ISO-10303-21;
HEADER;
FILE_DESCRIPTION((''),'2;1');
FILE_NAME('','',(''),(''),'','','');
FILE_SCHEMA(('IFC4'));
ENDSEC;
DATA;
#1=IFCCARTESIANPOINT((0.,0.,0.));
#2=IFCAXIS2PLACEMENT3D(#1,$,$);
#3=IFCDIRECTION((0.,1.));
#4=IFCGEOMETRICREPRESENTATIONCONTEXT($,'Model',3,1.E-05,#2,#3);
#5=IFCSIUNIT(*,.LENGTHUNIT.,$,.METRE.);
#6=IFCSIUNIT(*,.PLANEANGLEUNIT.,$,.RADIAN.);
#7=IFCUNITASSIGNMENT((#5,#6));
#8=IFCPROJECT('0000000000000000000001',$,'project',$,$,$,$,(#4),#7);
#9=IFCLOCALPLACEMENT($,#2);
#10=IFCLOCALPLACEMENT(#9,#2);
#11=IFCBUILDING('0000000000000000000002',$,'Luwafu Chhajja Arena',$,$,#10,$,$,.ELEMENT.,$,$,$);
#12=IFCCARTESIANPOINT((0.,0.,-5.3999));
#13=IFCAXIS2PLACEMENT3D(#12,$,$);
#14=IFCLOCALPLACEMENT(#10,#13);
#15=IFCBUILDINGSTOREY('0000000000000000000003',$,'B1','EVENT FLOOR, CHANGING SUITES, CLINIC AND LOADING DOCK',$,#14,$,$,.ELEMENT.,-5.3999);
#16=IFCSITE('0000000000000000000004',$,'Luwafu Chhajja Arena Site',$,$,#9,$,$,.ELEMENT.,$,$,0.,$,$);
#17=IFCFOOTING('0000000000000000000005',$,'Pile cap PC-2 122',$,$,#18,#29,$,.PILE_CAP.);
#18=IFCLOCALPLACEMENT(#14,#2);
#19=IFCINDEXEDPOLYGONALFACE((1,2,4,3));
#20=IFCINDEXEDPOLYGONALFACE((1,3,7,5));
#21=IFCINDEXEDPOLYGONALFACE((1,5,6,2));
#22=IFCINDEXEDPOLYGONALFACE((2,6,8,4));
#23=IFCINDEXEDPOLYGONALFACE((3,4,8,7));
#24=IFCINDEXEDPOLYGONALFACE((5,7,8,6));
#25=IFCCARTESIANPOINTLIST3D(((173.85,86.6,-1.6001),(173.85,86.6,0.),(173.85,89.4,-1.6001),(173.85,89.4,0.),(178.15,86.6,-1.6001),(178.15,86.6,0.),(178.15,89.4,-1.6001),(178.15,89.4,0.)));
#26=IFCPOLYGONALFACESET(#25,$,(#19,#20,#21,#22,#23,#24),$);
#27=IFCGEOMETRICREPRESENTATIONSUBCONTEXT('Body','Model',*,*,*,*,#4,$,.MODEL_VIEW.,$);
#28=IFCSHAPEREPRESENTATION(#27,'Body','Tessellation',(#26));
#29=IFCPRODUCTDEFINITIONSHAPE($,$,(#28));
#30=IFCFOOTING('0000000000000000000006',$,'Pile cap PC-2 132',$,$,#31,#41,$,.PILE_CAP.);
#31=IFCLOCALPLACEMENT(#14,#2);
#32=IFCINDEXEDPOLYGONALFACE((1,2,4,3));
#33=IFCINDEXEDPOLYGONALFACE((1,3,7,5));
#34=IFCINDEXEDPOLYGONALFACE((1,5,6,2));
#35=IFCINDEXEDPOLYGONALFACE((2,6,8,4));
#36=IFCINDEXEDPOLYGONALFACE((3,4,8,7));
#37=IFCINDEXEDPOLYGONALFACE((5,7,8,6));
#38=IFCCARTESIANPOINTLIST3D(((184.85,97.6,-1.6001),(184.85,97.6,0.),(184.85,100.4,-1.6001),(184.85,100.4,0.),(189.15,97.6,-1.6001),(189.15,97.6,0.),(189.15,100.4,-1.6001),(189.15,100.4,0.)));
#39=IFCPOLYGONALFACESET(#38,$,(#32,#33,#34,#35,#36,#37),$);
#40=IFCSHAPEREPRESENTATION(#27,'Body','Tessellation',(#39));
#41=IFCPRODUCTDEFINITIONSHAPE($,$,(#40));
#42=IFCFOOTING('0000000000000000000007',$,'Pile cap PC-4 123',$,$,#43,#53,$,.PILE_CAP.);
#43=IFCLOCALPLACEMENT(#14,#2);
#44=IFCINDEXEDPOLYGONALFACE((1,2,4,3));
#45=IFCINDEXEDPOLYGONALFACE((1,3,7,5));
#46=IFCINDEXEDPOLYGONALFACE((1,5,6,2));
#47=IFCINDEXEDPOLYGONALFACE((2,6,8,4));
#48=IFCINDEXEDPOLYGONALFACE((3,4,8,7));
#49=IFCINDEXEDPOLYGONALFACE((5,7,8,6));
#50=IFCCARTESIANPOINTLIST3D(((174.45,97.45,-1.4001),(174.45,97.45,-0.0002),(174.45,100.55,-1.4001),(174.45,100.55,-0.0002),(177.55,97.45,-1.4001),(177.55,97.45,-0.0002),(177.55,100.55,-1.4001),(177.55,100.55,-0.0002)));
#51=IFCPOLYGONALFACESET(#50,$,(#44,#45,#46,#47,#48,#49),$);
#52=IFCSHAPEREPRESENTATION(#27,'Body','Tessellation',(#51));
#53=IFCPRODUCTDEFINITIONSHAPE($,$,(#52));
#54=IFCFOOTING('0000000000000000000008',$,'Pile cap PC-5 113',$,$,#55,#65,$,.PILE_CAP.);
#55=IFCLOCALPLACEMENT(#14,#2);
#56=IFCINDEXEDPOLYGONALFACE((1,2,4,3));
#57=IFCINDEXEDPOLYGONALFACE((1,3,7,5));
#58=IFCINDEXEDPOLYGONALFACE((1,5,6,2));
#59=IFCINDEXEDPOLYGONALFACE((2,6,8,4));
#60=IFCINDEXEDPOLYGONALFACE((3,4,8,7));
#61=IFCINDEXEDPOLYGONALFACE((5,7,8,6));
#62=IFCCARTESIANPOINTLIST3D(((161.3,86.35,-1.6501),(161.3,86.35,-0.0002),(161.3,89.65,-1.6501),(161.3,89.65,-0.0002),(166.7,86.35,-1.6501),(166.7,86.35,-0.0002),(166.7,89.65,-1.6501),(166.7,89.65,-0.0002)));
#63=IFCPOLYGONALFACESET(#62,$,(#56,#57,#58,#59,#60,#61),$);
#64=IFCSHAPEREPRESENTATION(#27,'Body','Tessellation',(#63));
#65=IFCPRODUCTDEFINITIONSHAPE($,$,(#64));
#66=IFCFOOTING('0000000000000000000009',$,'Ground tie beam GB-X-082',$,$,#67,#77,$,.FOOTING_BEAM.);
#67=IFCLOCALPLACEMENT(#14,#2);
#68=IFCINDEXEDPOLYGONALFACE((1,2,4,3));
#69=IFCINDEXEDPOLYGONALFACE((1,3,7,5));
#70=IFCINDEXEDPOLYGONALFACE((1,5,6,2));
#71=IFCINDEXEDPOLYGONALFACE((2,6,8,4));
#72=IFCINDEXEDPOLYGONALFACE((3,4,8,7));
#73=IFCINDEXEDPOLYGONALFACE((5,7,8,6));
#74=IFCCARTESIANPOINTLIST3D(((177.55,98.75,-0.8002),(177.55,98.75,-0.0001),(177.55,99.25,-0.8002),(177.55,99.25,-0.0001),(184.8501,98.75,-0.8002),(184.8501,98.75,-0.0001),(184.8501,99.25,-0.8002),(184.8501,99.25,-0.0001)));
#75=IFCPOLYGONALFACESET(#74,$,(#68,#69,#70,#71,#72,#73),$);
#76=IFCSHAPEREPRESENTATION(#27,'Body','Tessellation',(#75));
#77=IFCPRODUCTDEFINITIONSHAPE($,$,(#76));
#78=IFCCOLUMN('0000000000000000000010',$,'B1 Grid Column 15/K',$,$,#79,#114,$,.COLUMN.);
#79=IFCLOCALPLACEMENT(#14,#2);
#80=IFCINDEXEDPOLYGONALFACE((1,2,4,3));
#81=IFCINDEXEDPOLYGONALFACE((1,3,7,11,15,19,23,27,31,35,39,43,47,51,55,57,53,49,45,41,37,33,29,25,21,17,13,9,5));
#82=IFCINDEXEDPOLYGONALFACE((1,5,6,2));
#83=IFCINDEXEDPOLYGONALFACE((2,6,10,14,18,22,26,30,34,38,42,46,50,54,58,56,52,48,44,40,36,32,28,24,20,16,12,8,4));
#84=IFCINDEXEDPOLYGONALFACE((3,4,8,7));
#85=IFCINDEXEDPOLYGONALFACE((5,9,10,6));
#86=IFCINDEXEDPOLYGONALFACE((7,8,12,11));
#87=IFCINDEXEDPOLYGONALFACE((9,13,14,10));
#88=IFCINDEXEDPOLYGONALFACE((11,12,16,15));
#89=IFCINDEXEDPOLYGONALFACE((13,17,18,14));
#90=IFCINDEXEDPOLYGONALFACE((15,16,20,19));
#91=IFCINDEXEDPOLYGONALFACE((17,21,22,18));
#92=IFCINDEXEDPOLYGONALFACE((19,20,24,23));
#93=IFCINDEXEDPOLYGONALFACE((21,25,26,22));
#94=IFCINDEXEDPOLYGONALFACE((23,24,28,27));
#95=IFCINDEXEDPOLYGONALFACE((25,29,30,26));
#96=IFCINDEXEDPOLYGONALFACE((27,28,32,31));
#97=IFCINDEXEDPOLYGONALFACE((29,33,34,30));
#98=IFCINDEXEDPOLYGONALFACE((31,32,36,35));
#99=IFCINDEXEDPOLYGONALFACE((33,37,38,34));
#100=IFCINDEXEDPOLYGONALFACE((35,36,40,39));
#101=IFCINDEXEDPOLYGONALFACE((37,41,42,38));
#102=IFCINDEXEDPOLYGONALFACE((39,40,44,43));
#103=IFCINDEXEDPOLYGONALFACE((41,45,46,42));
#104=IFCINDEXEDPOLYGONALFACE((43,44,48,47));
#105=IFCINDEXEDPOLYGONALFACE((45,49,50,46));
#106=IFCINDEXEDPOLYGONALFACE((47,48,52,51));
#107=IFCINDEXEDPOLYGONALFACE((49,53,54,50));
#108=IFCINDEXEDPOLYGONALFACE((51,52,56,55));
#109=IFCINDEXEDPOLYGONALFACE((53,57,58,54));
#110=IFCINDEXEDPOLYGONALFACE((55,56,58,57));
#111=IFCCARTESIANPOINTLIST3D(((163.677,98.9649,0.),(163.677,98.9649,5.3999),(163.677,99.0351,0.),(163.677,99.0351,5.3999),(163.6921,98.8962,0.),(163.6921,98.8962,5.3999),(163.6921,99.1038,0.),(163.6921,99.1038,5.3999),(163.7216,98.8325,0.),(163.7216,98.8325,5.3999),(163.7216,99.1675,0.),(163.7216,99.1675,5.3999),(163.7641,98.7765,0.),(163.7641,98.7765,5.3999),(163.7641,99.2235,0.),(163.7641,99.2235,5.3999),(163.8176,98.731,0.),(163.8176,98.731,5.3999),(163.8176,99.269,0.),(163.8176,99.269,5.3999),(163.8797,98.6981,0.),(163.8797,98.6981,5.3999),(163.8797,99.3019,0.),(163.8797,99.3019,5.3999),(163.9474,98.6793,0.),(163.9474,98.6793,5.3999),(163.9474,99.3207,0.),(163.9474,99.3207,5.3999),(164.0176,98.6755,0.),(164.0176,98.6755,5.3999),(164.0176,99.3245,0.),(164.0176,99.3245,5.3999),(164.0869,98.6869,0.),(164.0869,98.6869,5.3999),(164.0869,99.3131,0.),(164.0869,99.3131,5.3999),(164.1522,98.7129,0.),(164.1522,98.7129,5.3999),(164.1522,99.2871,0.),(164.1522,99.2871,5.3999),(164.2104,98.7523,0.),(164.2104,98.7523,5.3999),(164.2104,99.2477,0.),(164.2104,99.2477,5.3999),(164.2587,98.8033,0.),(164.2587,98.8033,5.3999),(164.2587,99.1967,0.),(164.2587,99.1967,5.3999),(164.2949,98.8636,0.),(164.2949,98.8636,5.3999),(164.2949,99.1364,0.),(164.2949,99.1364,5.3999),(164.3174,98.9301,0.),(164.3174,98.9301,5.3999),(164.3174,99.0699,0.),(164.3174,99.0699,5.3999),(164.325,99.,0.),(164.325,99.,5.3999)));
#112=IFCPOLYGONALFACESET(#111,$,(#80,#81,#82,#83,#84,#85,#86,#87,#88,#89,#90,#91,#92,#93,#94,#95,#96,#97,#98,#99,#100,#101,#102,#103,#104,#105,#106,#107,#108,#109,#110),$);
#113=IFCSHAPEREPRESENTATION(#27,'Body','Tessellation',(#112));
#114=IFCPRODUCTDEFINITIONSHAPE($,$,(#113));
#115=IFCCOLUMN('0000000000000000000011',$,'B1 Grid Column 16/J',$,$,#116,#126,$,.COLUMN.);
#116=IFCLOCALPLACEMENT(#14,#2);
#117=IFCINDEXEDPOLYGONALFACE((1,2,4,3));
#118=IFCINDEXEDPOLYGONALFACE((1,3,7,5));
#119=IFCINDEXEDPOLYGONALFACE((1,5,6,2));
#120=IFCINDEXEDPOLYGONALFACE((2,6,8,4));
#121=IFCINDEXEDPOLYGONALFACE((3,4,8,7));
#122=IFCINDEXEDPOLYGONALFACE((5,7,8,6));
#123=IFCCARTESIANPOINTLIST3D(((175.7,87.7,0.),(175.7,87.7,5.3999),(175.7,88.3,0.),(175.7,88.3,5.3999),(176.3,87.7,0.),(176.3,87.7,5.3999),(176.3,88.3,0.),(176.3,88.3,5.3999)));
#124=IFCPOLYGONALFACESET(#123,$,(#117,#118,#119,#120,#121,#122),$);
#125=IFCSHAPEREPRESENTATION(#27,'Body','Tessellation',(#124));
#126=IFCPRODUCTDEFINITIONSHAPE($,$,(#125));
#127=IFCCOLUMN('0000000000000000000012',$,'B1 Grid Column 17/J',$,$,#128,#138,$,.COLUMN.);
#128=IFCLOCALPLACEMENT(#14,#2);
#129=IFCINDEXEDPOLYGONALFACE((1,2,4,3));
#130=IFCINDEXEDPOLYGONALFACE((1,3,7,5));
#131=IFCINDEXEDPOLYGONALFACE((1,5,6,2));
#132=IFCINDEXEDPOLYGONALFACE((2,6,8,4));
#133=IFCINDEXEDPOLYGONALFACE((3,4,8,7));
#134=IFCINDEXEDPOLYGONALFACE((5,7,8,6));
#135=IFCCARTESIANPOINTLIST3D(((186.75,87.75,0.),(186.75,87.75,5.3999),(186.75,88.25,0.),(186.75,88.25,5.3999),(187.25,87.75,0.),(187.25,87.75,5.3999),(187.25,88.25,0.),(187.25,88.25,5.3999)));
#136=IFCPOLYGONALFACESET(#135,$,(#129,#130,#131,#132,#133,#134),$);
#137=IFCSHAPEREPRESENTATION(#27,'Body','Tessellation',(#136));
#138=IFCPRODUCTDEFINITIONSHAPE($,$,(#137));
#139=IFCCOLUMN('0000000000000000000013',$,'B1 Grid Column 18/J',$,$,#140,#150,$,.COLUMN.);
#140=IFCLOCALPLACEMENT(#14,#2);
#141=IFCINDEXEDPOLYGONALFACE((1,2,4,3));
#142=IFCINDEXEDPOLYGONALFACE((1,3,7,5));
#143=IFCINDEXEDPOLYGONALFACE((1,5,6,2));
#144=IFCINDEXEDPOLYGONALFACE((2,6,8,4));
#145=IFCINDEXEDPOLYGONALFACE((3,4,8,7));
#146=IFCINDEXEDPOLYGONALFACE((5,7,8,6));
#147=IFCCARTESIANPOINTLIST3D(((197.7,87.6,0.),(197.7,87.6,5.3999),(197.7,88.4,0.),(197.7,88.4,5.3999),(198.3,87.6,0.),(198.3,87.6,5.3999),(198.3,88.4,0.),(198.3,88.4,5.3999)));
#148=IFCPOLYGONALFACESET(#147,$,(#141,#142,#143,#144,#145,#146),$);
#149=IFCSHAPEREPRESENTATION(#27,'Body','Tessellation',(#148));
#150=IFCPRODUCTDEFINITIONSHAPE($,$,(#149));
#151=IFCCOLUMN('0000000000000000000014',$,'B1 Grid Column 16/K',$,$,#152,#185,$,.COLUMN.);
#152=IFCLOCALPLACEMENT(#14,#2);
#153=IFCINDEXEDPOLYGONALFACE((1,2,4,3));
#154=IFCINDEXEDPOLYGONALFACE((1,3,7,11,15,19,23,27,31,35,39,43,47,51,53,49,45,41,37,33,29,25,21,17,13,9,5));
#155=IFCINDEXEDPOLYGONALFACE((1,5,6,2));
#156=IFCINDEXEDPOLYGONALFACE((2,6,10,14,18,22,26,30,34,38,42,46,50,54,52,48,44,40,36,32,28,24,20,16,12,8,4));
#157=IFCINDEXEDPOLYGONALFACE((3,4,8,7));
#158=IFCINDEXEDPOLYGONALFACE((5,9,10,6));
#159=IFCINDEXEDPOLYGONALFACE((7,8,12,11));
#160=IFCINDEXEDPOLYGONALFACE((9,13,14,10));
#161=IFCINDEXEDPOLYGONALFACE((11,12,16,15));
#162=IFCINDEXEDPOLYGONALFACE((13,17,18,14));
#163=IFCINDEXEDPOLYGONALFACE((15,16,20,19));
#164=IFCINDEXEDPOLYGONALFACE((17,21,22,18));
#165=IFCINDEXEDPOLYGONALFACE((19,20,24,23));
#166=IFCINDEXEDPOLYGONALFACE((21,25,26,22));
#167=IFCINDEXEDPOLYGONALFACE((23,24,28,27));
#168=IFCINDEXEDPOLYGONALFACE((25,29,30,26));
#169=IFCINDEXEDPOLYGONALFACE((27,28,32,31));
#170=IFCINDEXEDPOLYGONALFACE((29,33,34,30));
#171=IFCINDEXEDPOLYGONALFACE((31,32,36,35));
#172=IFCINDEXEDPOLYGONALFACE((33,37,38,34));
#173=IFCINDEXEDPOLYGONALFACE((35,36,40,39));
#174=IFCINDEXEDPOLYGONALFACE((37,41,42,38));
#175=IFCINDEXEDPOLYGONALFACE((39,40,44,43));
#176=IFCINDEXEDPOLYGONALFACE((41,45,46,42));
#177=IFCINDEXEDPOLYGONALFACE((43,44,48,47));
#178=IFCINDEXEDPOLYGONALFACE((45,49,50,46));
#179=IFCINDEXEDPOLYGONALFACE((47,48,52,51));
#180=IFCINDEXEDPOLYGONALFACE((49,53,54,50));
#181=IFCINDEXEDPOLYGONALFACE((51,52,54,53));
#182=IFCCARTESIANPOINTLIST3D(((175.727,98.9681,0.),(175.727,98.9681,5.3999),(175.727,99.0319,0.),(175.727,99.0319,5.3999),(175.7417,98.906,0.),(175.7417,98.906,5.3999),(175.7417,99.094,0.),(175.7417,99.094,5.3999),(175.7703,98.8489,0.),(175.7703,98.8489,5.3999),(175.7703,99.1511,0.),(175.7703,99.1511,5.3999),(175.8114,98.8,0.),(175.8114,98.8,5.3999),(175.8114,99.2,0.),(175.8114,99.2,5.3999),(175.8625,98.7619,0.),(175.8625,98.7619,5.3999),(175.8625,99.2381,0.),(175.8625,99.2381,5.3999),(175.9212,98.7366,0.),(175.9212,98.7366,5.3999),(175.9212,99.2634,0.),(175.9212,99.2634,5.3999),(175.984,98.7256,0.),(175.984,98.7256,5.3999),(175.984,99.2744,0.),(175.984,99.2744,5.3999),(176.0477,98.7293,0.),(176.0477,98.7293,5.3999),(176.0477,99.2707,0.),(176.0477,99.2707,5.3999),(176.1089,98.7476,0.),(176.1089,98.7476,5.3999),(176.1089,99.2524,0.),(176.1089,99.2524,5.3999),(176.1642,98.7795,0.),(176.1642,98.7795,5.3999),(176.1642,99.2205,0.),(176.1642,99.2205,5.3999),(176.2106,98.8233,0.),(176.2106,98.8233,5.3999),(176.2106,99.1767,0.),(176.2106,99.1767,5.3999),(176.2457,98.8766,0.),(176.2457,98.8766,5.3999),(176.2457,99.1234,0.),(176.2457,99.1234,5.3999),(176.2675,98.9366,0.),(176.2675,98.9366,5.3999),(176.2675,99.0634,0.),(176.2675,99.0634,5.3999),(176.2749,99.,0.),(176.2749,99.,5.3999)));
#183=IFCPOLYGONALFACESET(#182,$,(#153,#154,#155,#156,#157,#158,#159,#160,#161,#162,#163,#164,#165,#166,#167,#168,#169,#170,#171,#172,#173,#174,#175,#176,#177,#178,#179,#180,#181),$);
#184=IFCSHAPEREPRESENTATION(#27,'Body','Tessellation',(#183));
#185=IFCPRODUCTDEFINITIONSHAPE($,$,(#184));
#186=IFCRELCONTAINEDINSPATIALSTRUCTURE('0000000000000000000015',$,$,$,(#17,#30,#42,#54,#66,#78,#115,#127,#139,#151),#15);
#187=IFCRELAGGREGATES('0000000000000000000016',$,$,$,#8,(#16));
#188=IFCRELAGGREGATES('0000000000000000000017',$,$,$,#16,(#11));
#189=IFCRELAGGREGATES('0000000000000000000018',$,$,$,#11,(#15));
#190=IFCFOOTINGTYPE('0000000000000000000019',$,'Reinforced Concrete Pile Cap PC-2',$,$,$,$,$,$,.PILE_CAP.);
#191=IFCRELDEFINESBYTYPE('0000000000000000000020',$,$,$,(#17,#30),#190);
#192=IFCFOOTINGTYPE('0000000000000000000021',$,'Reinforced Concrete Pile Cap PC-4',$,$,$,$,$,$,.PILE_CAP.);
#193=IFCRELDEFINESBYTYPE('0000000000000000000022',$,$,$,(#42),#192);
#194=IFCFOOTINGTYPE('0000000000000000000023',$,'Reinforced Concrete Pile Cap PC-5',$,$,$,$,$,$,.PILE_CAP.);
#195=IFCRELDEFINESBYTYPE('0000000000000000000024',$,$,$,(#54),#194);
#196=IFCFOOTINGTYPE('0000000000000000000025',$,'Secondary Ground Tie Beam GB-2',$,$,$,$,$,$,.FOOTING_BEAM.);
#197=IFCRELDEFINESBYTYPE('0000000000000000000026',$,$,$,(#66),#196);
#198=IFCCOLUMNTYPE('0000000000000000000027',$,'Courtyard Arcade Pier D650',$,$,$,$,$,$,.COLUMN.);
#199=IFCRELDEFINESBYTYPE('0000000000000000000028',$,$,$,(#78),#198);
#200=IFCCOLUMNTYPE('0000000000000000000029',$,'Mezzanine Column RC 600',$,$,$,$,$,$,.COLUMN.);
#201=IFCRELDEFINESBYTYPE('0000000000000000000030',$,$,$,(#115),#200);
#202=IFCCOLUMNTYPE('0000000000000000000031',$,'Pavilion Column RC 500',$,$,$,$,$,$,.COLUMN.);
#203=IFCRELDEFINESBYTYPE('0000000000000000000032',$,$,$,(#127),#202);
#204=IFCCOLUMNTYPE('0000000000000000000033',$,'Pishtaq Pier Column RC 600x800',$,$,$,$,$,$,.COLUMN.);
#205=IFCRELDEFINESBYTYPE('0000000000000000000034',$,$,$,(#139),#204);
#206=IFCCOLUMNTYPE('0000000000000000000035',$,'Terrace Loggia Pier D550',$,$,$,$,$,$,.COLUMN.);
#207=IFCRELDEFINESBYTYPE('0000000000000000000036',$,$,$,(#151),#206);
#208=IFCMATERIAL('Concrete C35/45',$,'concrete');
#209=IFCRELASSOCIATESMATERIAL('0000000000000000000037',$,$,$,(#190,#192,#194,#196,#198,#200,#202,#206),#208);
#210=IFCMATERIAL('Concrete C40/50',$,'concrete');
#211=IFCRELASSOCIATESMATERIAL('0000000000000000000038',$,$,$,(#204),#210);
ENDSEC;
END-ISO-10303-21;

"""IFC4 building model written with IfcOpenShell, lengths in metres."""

from ifc_helpers import new_model, si_unit, direction, frame, origin, origin_2d, place, context, subcontext, project, spatial, rectangle, circle, extrude, material, material_profile, profile_set, type_object, element, save


model = new_model("IFC4")

# Units and contexts
model_context = context("Model", 3, precision=1e-05, world=origin(), true_north=direction((0.0, 1.0)))
body_context = subcontext(model_context, "Body", "Model", "MODEL_VIEW")
ifc_project = project(units=[si_unit("LENGTHUNIT", "METRE"), si_unit("PLANEANGLEUNIT", "RADIAN")], contexts=[model_context])

# Site, building, storey
site_placement = place(None, origin())
site = spatial("IfcSite", under=ifc_project, at=site_placement, Name="Luwafu Chhajja Arena Site", CompositionType="ELEMENT", RefElevation=0.0)
building_placement = place(site_placement, origin())
building = spatial("IfcBuilding", under=site, at=building_placement, Name="Luwafu Chhajja Arena", CompositionType="ELEMENT")
storey_placement = place(building_placement, frame((0.0, 0.0, -5.3999)))
storey = spatial("IfcBuildingStorey", under=building, at=storey_placement, Name="B1", Description="EVENT FLOOR, CHANGING SUITES, CLINIC AND LOADING DOCK", CompositionType="ELEMENT", Elevation=-5.3999)

# Shared definitions
ifc_material_1 = material(Name="Concrete C35/45", Category="concrete")

# Footings
footing_type_1 = type_object("IfcFootingType", Name="Reinforced Concrete Pile Cap PC-2", PredefinedType="PILE_CAP", material=ifc_material_1)
for number, where, z_axis, x_axis, name in (
    (1, (176.0, 88.0, -1.6001), (0.0, 0.0, 1.0), (1.0, 0.0, 0.0), "Pile cap PC-2 122"),
    (2, (187.0, 99.0, -1.6001), (0.0, 0.0, 1.0), (1.0, 0.0, 0.0), "Pile cap PC-2 132"),
):
    element("IfcFooting", number, at=place(storey_placement, frame(where, z_axis=z_axis, x_axis=x_axis)), inside=storey, type_object=footing_type_1, Name=name, PredefinedType="PILE_CAP", context=body_context, shape_type="SweptSolid", body=[
        extrude(rectangle(XDim=4.3, YDim=2.8, at=origin_2d()), origin(), (0.0, 0.0, 1.0), 1.6001),
    ])
footing_type_2 = type_object("IfcFootingType", Name="Reinforced Concrete Pile Cap PC-4", PredefinedType="PILE_CAP", material=ifc_material_1)
footing_1_placement = place(storey_placement, frame((176.0, 99.0, -1.4001), z_axis=(0.0, 0.0, 1.0), x_axis=(1.0, 0.0, 0.0)))
element("IfcFooting", 3, at=footing_1_placement, inside=storey, type_object=footing_type_2, Name="Pile cap PC-4 123", PredefinedType="PILE_CAP", context=body_context, shape_type="SweptSolid", body=[
    extrude(rectangle(XDim=3.1001, YDim=3.1001, at=origin_2d()), origin(), (0.0, 0.0, 1.0), 1.3999),
])
footing_type_3 = type_object("IfcFootingType", Name="Reinforced Concrete Pile Cap PC-5", PredefinedType="PILE_CAP", material=ifc_material_1)
footing_2_placement = place(storey_placement, frame((164.0, 88.0, -1.6501), z_axis=(0.0, 0.0, 1.0), x_axis=(1.0, 0.0, 0.0)))
element("IfcFooting", 4, at=footing_2_placement, inside=storey, type_object=footing_type_3, Name="Pile cap PC-5 113", PredefinedType="PILE_CAP", context=body_context, shape_type="SweptSolid", body=[
    extrude(rectangle(XDim=5.3999, YDim=3.3, at=origin_2d()), origin(), (0.0, 0.0, 1.0), 1.6499),
])
ifc_material_profile_1 = material_profile(ifc_material_1, rectangle(XDim=0.5, YDim=0.8, at=origin_2d()), Name="RC 500x800")
ifc_profile_set_1 = profile_set([ifc_material_profile_1], Name="Concrete C35/45")
footing_type_4 = type_object("IfcFootingType", Name="Secondary Ground Tie Beam GB-2", PredefinedType="FOOTING_BEAM", material=ifc_profile_set_1)
footing_3_placement = place(storey_placement, frame((177.55, 99.0, -0.4001), z_axis=(1.0, 0.0, 0.0), x_axis=(0.0, 1.0, 0.0)))
element("IfcFooting", 5, at=footing_3_placement, inside=storey, type_object=footing_type_4, Name="Ground tie beam GB-X-082", PredefinedType="FOOTING_BEAM", context=body_context, shape_type="SweptSolid", body=[
    extrude(rectangle(XDim=0.5, YDim=0.8, at=origin_2d()), origin(), (0.0, 0.0, 1.0), 7.3),
])

# Columns
ifc_material_profile_2 = material_profile(ifc_material_1, circle(Radius=0.325, at=origin_2d()), Name="RC COL D650")
ifc_profile_set_2 = profile_set([ifc_material_profile_2], Name="Concrete C35/45")
column_type_1 = type_object("IfcColumnType", Name="Courtyard Arcade Pier D650", PredefinedType="COLUMN", material=ifc_profile_set_2)
column_1_placement = place(storey_placement, frame((164.0, 99.0, 0.0), z_axis=(0.0, 0.0, 1.0), x_axis=(1.0, 0.0, 0.0)))
element("IfcColumn", 6, at=column_1_placement, inside=storey, type_object=column_type_1, Name="B1 Grid Column 15/K", PredefinedType="COLUMN", context=body_context, shape_type="SweptSolid", body=[
    extrude(circle(Radius=0.325, at=origin_2d()), origin(), (0.0, 0.0, 1.0), 5.3999),
])
ifc_material_profile_3 = material_profile(ifc_material_1, rectangle(XDim=0.6001, YDim=0.6001, at=origin_2d()), Name="RC 600x600")
ifc_profile_set_3 = profile_set([ifc_material_profile_3], Name="Concrete C35/45")
column_type_2 = type_object("IfcColumnType", Name="Mezzanine Column RC 600", PredefinedType="COLUMN", material=ifc_profile_set_3)
column_2_placement = place(storey_placement, frame((176.0, 88.0, 0.0), z_axis=(0.0, 0.0, 1.0), x_axis=(1.0, 0.0, 0.0)))
element("IfcColumn", 7, at=column_2_placement, inside=storey, type_object=column_type_2, Name="B1 Grid Column 16/J", PredefinedType="COLUMN", context=body_context, shape_type="SweptSolid", body=[
    extrude(rectangle(XDim=0.6001, YDim=0.6001, at=origin_2d()), origin(), (0.0, 0.0, 1.0), 5.3999),
])
ifc_material_profile_4 = material_profile(ifc_material_1, rectangle(XDim=0.5, YDim=0.5, at=origin_2d()), Name="RC 500x500")
ifc_profile_set_4 = profile_set([ifc_material_profile_4], Name="Concrete C35/45")
column_type_3 = type_object("IfcColumnType", Name="Pavilion Column RC 500", PredefinedType="COLUMN", material=ifc_profile_set_4)
column_3_placement = place(storey_placement, frame((187.0, 88.0, 0.0), z_axis=(0.0, 0.0, 1.0), x_axis=(1.0, 0.0, 0.0)))
element("IfcColumn", 8, at=column_3_placement, inside=storey, type_object=column_type_3, Name="B1 Grid Column 17/J", PredefinedType="COLUMN", context=body_context, shape_type="SweptSolid", body=[
    extrude(rectangle(XDim=0.5, YDim=0.5, at=origin_2d()), origin(), (0.0, 0.0, 1.0), 5.3999),
])
ifc_material_2 = material(Name="Concrete C40/50", Category="concrete")
ifc_material_profile_5 = material_profile(ifc_material_2, rectangle(XDim=0.6001, YDim=0.8, at=origin_2d()), Name="RC 600x800")
ifc_profile_set_5 = profile_set([ifc_material_profile_5], Name="Concrete C40/50")
column_type_4 = type_object("IfcColumnType", Name="Pishtaq Pier Column RC 600x800", PredefinedType="COLUMN", material=ifc_profile_set_5)
column_4_placement = place(storey_placement, frame((198.0, 88.0, 0.0), z_axis=(0.0, 0.0, 1.0), x_axis=(1.0, 0.0, 0.0)))
element("IfcColumn", 9, at=column_4_placement, inside=storey, type_object=column_type_4, Name="B1 Grid Column 18/J", PredefinedType="COLUMN", context=body_context, shape_type="SweptSolid", body=[
    extrude(rectangle(XDim=0.6001, YDim=0.8, at=origin_2d()), origin(), (0.0, 0.0, 1.0), 5.3999),
])
ifc_material_profile_6 = material_profile(ifc_material_1, circle(Radius=0.2749, at=origin_2d()), Name="RC COL D550")
ifc_profile_set_6 = profile_set([ifc_material_profile_6], Name="Concrete C35/45")
column_type_5 = type_object("IfcColumnType", Name="Terrace Loggia Pier D550", PredefinedType="COLUMN", material=ifc_profile_set_6)
column_5_placement = place(storey_placement, frame((176.0, 99.0, 0.0), z_axis=(0.0, 0.0, 1.0), x_axis=(1.0, 0.0, 0.0)))
element("IfcColumn", 10, at=column_5_placement, inside=storey, type_object=column_type_5, Name="B1 Grid Column 16/K", PredefinedType="COLUMN", context=body_context, shape_type="SweptSolid", body=[
    extrude(circle(Radius=0.2749, at=origin_2d()), origin(), (0.0, 0.0, 1.0), 5.3999),
])

save(model, "model.ifc")
